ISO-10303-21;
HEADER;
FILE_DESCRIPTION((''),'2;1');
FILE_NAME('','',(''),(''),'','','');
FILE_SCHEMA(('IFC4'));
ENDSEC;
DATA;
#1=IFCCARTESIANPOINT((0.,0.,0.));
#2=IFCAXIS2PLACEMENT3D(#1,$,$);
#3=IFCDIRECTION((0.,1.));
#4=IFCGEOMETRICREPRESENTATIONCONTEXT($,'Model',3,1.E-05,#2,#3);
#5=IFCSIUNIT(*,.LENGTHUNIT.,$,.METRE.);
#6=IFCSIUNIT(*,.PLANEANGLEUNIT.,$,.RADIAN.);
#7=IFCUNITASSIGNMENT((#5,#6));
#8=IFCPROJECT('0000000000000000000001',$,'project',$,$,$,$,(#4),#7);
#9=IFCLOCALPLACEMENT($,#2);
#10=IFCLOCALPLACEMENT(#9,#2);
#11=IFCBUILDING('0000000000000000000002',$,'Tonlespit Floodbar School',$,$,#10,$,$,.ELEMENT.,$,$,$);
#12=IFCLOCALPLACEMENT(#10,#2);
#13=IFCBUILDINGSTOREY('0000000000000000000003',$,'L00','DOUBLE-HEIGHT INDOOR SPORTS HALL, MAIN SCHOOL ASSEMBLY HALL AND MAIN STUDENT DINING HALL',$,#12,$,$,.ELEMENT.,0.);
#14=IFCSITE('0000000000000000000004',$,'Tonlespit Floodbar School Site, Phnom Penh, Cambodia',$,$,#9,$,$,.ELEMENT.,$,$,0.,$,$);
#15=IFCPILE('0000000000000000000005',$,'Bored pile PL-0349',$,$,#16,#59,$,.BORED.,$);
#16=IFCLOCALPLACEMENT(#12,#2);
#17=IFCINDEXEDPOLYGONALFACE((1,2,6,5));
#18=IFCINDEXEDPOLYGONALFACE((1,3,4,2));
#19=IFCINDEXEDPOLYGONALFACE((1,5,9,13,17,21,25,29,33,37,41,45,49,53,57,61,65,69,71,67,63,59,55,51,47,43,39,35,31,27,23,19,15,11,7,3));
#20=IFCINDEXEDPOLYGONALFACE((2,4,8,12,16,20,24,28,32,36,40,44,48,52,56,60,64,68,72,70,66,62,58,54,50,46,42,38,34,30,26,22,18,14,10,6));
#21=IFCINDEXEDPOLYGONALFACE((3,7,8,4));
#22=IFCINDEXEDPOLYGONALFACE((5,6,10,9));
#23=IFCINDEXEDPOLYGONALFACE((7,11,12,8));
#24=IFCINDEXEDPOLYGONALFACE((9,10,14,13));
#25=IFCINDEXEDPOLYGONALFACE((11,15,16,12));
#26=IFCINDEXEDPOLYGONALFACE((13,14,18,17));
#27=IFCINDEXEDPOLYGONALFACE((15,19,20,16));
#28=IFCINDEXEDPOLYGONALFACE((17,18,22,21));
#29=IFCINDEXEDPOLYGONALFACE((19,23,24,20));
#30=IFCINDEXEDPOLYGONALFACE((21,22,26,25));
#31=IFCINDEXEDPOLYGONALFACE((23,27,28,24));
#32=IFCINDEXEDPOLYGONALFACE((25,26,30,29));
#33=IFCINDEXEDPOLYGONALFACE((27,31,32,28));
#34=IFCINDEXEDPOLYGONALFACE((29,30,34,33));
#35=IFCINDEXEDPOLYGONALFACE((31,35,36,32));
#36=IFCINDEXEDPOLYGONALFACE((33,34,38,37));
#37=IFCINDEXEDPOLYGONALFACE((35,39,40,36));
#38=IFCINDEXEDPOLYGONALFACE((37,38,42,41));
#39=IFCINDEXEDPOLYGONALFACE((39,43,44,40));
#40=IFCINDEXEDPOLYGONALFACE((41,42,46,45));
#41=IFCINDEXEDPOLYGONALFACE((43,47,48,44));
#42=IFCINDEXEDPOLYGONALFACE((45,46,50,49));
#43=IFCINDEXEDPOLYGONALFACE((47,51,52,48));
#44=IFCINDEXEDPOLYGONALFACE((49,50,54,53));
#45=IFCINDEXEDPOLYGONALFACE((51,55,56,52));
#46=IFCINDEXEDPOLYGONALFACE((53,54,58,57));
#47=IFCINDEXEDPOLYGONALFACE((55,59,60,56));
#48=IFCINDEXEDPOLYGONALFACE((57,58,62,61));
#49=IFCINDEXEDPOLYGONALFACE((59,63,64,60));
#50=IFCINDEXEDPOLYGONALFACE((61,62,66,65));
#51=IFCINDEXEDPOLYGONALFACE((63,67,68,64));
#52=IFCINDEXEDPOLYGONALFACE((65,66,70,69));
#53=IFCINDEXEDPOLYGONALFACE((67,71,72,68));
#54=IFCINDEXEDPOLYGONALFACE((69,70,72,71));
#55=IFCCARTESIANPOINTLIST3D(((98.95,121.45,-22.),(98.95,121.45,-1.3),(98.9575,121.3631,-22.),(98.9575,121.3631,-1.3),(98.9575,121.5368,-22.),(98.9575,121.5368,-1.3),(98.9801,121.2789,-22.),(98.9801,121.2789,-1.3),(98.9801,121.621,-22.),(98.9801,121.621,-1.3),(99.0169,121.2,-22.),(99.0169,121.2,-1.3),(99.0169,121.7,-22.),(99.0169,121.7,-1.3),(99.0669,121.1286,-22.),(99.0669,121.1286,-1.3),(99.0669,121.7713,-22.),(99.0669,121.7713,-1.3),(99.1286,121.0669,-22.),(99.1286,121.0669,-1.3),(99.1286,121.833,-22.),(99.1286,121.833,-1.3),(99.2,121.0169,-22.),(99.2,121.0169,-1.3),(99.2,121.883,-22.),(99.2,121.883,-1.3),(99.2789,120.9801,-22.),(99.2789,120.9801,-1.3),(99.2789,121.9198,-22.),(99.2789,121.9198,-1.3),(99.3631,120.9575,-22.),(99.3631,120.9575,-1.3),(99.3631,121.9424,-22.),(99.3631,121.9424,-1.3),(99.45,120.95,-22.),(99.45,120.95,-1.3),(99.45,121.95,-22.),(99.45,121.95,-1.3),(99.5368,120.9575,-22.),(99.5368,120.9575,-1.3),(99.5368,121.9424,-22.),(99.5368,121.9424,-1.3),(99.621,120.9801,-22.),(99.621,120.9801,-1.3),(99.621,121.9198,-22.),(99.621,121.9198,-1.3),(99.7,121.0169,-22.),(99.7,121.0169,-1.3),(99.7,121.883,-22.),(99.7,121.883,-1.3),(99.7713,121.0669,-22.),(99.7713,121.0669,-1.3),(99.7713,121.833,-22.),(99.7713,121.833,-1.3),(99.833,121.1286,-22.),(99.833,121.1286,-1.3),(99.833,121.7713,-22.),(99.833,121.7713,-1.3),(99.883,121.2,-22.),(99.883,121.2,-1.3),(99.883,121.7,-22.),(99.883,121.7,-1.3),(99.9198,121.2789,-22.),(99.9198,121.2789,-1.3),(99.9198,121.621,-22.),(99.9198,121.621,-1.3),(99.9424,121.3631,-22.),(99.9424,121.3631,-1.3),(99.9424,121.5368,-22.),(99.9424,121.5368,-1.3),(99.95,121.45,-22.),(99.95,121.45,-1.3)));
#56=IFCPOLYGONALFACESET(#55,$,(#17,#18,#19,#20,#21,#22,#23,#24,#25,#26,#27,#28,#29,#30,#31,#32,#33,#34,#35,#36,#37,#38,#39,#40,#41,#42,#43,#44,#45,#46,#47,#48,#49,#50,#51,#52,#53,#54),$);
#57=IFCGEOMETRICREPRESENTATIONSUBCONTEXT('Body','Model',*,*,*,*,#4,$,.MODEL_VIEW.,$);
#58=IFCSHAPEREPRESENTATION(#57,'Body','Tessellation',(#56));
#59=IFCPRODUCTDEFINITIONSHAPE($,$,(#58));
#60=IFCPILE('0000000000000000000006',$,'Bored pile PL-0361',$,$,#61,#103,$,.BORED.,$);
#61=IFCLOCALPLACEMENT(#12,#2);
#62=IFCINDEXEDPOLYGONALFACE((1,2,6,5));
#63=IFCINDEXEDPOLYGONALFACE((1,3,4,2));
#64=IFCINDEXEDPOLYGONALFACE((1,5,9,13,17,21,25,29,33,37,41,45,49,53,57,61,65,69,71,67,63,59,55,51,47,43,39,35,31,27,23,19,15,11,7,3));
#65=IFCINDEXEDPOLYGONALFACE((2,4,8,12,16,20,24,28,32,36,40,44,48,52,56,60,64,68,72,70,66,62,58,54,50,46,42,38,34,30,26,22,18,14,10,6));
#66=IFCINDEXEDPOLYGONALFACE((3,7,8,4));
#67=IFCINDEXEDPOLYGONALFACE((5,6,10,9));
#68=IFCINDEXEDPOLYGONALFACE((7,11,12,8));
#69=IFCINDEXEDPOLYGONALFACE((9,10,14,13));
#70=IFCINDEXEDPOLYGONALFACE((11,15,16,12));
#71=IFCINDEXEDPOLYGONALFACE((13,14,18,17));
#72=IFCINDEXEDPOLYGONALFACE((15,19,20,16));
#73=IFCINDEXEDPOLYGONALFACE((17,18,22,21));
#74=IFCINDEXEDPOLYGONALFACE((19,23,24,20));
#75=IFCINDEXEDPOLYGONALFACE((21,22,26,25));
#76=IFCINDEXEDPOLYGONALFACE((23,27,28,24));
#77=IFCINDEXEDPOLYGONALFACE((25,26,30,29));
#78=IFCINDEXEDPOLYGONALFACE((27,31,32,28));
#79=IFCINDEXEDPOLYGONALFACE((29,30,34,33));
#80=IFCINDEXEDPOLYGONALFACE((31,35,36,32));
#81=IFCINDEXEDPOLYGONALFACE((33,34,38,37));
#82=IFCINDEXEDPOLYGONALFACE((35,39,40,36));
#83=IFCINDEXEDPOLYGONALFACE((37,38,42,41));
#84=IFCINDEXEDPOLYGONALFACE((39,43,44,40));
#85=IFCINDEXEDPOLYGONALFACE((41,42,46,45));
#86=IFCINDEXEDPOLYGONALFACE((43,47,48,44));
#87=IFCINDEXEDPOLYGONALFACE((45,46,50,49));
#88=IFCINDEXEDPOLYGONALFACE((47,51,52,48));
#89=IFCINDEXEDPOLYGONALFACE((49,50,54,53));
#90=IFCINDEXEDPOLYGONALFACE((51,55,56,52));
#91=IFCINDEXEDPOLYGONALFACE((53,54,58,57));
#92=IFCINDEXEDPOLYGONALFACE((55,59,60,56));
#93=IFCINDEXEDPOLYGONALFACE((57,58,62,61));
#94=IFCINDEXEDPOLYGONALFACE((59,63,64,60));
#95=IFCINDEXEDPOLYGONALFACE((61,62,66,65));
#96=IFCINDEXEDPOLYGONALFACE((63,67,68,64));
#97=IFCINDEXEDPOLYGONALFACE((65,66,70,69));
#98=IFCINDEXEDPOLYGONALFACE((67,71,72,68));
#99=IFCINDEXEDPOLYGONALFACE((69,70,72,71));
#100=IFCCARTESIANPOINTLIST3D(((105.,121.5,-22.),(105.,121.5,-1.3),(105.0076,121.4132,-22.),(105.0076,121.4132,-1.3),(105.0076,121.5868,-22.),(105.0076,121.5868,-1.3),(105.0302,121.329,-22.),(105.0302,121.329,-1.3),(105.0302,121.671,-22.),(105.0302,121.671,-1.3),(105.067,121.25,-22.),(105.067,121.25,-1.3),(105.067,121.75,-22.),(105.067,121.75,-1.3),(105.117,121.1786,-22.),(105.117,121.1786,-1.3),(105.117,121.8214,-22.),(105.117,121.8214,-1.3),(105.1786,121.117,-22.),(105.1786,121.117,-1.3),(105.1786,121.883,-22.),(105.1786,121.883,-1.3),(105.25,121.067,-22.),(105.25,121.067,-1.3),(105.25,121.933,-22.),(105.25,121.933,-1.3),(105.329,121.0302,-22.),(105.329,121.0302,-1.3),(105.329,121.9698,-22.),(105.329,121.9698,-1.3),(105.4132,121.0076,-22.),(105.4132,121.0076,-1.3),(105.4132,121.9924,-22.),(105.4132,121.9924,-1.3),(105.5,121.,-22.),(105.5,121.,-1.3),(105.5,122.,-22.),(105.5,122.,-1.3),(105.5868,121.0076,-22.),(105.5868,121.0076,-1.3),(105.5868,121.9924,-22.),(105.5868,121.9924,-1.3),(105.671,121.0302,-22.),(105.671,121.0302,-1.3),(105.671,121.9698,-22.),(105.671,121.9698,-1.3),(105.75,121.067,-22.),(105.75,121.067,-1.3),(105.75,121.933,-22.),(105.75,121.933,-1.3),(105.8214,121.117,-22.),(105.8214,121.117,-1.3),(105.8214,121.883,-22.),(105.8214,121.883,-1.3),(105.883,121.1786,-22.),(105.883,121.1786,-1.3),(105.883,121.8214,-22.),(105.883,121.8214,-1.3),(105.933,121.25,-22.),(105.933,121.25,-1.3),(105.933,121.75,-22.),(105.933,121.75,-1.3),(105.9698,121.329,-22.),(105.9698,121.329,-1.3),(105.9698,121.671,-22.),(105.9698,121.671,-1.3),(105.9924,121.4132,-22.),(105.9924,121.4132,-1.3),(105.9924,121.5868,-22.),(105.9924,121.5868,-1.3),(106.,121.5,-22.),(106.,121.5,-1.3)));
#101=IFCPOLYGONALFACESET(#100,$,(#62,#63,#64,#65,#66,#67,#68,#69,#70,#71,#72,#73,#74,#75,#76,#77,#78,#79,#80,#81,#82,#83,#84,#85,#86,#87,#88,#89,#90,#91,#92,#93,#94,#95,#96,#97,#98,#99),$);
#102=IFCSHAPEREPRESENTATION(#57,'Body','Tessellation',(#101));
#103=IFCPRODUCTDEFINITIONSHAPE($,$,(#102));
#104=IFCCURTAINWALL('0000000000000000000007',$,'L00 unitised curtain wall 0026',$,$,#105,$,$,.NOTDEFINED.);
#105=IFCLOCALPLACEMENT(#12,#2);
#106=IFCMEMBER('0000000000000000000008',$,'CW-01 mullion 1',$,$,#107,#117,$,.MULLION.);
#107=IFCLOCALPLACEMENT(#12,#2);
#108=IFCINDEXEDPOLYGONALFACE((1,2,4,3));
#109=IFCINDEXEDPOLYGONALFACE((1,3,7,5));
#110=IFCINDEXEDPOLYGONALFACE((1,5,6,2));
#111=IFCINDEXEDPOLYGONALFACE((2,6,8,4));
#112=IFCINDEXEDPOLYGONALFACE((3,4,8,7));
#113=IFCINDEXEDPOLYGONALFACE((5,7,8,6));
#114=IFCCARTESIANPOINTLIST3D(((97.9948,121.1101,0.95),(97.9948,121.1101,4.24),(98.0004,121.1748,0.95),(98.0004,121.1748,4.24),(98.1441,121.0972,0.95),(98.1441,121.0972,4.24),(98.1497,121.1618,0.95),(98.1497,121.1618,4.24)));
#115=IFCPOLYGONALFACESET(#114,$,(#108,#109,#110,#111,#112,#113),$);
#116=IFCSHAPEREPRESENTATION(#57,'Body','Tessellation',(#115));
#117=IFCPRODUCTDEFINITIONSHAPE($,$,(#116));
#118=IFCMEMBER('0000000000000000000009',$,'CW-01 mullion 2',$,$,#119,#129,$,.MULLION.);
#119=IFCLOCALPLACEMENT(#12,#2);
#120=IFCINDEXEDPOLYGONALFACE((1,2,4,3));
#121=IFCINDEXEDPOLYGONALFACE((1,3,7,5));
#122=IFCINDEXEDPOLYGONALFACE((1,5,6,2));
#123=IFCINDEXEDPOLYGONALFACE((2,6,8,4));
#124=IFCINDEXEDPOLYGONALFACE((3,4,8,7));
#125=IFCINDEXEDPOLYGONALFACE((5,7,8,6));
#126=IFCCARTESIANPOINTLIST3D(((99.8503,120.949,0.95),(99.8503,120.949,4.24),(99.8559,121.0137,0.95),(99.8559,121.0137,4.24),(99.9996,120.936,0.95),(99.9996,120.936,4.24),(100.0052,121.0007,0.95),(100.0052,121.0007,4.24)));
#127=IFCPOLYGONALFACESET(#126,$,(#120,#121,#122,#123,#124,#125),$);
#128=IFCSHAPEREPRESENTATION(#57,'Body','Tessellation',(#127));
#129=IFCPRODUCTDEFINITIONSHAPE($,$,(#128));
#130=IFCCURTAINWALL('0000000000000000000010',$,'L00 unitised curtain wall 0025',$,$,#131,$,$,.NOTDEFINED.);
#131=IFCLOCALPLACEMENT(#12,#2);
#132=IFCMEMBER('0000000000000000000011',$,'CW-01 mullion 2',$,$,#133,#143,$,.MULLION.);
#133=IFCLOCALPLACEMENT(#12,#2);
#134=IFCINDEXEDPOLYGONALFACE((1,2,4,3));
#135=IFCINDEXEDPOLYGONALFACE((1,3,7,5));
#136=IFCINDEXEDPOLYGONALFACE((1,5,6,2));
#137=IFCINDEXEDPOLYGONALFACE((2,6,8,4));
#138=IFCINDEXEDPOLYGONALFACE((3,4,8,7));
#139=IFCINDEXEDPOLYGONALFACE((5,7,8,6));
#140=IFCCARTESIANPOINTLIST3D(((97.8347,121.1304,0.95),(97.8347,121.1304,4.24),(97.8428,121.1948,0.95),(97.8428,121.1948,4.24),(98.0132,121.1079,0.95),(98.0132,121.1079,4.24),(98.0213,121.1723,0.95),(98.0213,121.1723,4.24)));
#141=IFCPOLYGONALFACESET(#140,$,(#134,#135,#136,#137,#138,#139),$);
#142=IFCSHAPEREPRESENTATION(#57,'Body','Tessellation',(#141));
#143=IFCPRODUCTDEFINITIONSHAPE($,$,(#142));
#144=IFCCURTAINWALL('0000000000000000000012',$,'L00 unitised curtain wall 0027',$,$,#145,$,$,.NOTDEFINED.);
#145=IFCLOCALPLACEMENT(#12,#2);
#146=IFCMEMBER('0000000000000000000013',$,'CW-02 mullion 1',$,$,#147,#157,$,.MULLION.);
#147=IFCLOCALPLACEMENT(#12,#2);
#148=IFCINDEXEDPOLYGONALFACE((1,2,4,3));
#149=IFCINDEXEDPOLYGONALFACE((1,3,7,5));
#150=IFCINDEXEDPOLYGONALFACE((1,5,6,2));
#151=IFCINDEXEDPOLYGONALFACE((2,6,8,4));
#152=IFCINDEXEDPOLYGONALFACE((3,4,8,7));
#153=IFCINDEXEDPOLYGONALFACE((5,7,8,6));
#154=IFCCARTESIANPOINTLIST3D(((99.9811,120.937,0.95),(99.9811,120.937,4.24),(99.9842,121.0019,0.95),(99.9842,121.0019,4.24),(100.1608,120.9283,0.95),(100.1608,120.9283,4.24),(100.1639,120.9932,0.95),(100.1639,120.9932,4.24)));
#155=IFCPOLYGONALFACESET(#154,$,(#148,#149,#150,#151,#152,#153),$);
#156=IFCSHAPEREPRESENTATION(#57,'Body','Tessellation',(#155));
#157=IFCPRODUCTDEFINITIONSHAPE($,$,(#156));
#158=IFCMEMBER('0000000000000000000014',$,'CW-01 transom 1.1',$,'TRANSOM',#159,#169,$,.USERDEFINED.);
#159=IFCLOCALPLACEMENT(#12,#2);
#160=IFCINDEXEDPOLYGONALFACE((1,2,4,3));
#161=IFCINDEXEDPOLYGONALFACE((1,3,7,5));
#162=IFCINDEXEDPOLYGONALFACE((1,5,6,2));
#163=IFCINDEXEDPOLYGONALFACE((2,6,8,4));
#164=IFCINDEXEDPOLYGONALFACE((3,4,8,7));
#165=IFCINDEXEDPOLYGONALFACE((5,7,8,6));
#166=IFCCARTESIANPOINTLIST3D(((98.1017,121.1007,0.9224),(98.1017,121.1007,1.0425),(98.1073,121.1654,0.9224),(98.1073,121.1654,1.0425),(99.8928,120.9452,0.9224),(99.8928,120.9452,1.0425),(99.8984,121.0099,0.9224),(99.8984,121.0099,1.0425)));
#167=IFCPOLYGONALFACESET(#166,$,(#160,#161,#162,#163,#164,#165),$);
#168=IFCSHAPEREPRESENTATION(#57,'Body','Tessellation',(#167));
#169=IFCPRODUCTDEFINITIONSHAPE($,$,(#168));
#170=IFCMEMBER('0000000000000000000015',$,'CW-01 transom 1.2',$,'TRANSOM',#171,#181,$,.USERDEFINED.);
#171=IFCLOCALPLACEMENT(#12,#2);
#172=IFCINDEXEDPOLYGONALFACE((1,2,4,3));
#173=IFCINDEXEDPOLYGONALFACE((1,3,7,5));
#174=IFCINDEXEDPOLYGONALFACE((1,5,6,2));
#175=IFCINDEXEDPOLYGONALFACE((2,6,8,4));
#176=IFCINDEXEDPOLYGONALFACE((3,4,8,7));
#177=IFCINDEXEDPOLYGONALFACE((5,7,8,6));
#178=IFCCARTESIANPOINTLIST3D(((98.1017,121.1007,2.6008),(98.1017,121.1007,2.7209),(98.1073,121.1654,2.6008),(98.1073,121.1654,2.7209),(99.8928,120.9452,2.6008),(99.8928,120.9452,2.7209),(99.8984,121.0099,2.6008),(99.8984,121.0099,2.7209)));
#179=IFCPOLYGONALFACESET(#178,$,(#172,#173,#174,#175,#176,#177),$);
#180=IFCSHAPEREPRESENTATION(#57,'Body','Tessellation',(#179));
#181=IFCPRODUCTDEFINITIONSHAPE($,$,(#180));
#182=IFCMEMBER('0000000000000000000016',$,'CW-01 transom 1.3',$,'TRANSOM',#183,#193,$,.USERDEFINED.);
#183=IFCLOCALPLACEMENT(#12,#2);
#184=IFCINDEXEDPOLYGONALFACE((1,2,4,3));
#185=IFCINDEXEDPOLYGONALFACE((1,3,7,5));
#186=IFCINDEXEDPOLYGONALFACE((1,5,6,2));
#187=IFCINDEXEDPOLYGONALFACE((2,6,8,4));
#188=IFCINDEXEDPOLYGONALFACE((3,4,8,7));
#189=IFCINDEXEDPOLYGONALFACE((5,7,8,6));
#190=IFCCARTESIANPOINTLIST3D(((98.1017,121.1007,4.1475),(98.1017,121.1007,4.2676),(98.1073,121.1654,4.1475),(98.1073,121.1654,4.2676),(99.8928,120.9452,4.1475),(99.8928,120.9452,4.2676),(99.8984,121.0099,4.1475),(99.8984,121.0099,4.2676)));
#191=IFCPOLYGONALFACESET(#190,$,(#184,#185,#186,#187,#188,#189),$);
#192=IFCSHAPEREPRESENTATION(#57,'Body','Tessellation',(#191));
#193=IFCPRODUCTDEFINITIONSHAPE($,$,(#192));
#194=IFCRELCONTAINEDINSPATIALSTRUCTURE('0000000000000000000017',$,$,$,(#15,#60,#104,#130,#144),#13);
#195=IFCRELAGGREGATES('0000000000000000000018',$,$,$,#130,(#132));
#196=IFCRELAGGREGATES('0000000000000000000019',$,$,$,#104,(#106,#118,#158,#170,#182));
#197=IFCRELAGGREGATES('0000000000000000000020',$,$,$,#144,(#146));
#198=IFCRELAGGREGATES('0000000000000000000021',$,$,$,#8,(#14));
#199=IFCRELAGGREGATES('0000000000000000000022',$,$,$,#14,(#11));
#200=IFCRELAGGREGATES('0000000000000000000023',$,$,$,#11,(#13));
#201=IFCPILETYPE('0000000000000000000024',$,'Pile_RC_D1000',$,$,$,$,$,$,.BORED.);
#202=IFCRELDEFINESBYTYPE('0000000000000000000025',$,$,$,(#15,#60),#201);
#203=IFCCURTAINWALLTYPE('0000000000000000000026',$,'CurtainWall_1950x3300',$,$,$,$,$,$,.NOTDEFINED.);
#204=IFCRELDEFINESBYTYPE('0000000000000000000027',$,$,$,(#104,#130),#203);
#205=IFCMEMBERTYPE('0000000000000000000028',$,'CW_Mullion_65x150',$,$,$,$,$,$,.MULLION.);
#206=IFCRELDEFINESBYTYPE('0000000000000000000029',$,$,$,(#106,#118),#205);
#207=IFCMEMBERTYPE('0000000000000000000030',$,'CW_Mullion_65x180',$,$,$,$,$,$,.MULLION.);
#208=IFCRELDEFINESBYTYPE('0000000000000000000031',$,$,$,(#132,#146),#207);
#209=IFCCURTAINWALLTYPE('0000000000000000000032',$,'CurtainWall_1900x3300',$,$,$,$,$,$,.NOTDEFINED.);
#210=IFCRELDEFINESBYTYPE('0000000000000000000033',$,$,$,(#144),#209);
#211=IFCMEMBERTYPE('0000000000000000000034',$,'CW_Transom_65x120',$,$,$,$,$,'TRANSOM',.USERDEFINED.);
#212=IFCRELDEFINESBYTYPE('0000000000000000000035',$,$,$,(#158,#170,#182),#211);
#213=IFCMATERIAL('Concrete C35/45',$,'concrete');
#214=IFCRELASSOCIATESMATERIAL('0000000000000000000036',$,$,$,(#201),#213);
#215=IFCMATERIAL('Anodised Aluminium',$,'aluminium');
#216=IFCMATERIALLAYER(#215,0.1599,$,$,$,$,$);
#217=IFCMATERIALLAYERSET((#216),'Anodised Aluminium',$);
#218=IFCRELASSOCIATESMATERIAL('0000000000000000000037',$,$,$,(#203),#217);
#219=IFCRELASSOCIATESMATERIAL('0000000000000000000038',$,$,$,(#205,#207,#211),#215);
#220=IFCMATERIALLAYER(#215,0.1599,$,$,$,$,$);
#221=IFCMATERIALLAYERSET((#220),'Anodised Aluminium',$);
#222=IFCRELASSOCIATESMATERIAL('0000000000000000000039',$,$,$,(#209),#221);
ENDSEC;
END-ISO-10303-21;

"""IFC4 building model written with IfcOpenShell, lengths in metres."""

from ifc_helpers import new_model, si_unit, direction, frame, origin, origin_2d, place, context, subcontext, project, spatial, rectangle, circle, extrude, material, layer, layer_set, material_profile, profile_set, type_object, element, aggregate, save


model = new_model("IFC4")

# Units and contexts
model_context = context("Model", 3, precision=1e-05, world=origin(), true_north=direction((0.0, 1.0)))
body_context = subcontext(model_context, "Body", "Model", "MODEL_VIEW")
ifc_project = project(units=[si_unit("LENGTHUNIT", "METRE"), si_unit("PLANEANGLEUNIT", "RADIAN")], contexts=[model_context])

# Site, building, storey
site_placement = place(None, origin())
site = spatial("IfcSite", under=ifc_project, at=site_placement, Name="Tonlespit Floodbar School Site, Phnom Penh, Cambodia", CompositionType="ELEMENT", RefElevation=0.0)
building_placement = place(site_placement, origin())
building = spatial("IfcBuilding", under=site, at=building_placement, Name="Tonlespit Floodbar School", CompositionType="ELEMENT")
storey_placement = place(building_placement, origin())
storey = spatial("IfcBuildingStorey", under=building, at=storey_placement, Name="L00", Description="DOUBLE-HEIGHT INDOOR SPORTS HALL, MAIN SCHOOL ASSEMBLY HALL AND MAIN STUDENT DINING HALL", CompositionType="ELEMENT", Elevation=0.0)

# Piles
ifc_material_1 = material(Name="Concrete C35/45", Category="concrete")
ifc_material_profile_1 = material_profile(ifc_material_1, circle(Radius=0.5, at=origin_2d()), Name="BP D1000")
ifc_profile_set_1 = profile_set([ifc_material_profile_1], Name="Concrete C35/45")
pile_type = type_object("IfcPileType", Name="Pile_RC_D1000", PredefinedType="BORED", material=ifc_profile_set_1)
for number, where, z_axis, x_axis, name in (
    (1, (99.45, 121.45, -1.3), (0.0, 0.0, -1.0), (1.0, 0.0, 0.0), "Bored pile PL-0349"),
    (2, (105.5, 121.5, -1.3), (0.0, 0.0, -1.0), (1.0, 0.0, 0.0), "Bored pile PL-0361"),
):
    element("IfcPile", number, at=place(storey_placement, frame(where, z_axis=z_axis, x_axis=x_axis)), inside=storey, type_object=pile_type, Name=name, PredefinedType="BORED", context=body_context, shape_type="SweptSolid", body=[
        extrude(circle(Radius=0.5, at=origin_2d()), origin(), (0.0, 0.0, 1.0), 20.7),
    ])

# Curtain wall, members
ifc_material_2 = material(Name="Anodised Aluminium", Category="aluminium")
ifc_layer_1 = layer(ifc_material_2, 0.1599)
ifc_layer_set_1 = layer_set([ifc_layer_1], Name="Anodised Aluminium")
curtain_wall_type_1 = type_object("IfcCurtainWallType", Name="CurtainWall_1950x3300", PredefinedType="NOTDEFINED", material=ifc_layer_set_1)
curtain_wall_1_placement = place(storey_placement, origin())
curtain_wall_1 = element("IfcCurtainWall", 3, at=curtain_wall_1_placement, inside=storey, type_object=curtain_wall_type_1, Name="L00 unitised curtain wall 0026", PredefinedType="NOTDEFINED")
ifc_material_profile_2 = material_profile(ifc_material_2, rectangle(XDim=0.0649, YDim=0.1499, at=origin_2d()), Name="ALU M65x150")
ifc_profile_set_2 = profile_set([ifc_material_profile_2], Name="Anodised Aluminium")
member_type_1 = type_object("IfcMemberType", Name="CW_Mullion_65x150", PredefinedType="MULLION", material=ifc_profile_set_2)
member_1_placement = place(storey_placement, frame((98.0723, 121.136, 0.95), z_axis=(0.0, 0.0, 1.0), x_axis=(0.086531, 0.996249, 0.0)))
member_1 = element("IfcMember", 4, at=member_1_placement, type_object=member_type_1, Name="CW-01 mullion 1", PredefinedType="MULLION", context=body_context, shape_type="SweptSolid", body=[
    extrude(rectangle(XDim=0.0649, YDim=0.1499, at=origin_2d()), origin(), (0.0, 0.0, 1.0), 3.29),
])
member_2_placement = place(storey_placement, frame((99.9277, 120.9749, 0.95), z_axis=(0.0, 0.0, 1.0), x_axis=(0.086531, 0.996249, 0.0)))
member_2 = element("IfcMember", 5, at=member_2_placement, type_object=member_type_1, Name="CW-01 mullion 2", PredefinedType="MULLION", context=body_context, shape_type="SweptSolid", body=[
    extrude(rectangle(XDim=0.0649, YDim=0.1499, at=origin_2d()), origin(), (0.0, 0.0, 1.0), 3.29),
])

# Curtain walls, members
curtain_wall_2_placement = place(storey_placement, origin())
curtain_wall_2 = element("IfcCurtainWall", 6, at=curtain_wall_2_placement, inside=storey, type_object=curtain_wall_type_1, Name="L00 unitised curtain wall 0025", PredefinedType="NOTDEFINED")
ifc_material_profile_3 = material_profile(ifc_material_2, rectangle(XDim=0.0649, YDim=0.1799, at=origin_2d()), Name="ALU M65x180")
ifc_profile_set_3 = profile_set([ifc_material_profile_3], Name="Anodised Aluminium")
member_type_2 = type_object("IfcMemberType", Name="CW_Mullion_65x180", PredefinedType="MULLION", material=ifc_profile_set_3)
member_3_placement = place(storey_placement, frame((97.928, 121.1514, 0.95), z_axis=(0.0, 0.0, 1.0), x_axis=(0.125014, 0.992155, 0.0)))
member_3 = element("IfcMember", 7, at=member_3_placement, type_object=member_type_2, Name="CW-01 mullion 2", PredefinedType="MULLION", context=body_context, shape_type="SweptSolid", body=[
    extrude(rectangle(XDim=0.0649, YDim=0.1799, at=origin_2d()), origin(), (0.0, 0.0, 1.0), 3.29),
])
aggregate(curtain_wall_2, [member_3])
ifc_layer_2 = layer(ifc_material_2, 0.1599)
ifc_layer_set_2 = layer_set([ifc_layer_2], Name="Anodised Aluminium")
curtain_wall_type_2 = type_object("IfcCurtainWallType", Name="CurtainWall_1900x3300", PredefinedType="NOTDEFINED", material=ifc_layer_set_2)
curtain_wall_3_placement = place(storey_placement, origin())
curtain_wall_3 = element("IfcCurtainWall", 8, at=curtain_wall_3_placement, inside=storey, type_object=curtain_wall_type_2, Name="L00 unitised curtain wall 0027", PredefinedType="NOTDEFINED")
member_4_placement = place(storey_placement, frame((100.0725, 120.9651, 0.95), z_axis=(0.0, 0.0, 1.0), x_axis=(0.048121, 0.998842, 0.0)))
member_4 = element("IfcMember", 9, at=member_4_placement, type_object=member_type_2, Name="CW-02 mullion 1", PredefinedType="MULLION", context=body_context, shape_type="SweptSolid", body=[
    extrude(rectangle(XDim=0.0649, YDim=0.1799, at=origin_2d()), origin(), (0.0, 0.0, 1.0), 3.29),
])

# Members
ifc_material_profile_4 = material_profile(ifc_material_2, rectangle(XDim=0.0649, YDim=0.1201, at=origin_2d()), Name="ALU T65x120")
ifc_profile_set_4 = profile_set([ifc_material_profile_4], Name="Anodised Aluminium")
member_type_3 = type_object("IfcMemberType", Name="CW_Transom_65x120", ElementType="TRANSOM", PredefinedType="USERDEFINED", material=ifc_profile_set_4)
member_5_placement = place(storey_placement, frame((98.1045, 121.1331, 0.9824), z_axis=(0.996251, -0.086507, 0.0), x_axis=(0.086507, 0.996251, 0.0)))
member_5 = element("IfcMember", 10, at=member_5_placement, type_object=member_type_3, Name="CW-01 transom 1.1", ObjectType="TRANSOM", PredefinedType="USERDEFINED", context=body_context, shape_type="SweptSolid", body=[
    extrude(rectangle(XDim=0.0649, YDim=0.1201, at=origin_2d()), origin(), (0.0, 0.0, 1.0), 1.7979),
])
member_6_placement = place(storey_placement, frame((98.1045, 121.1331, 2.6609), z_axis=(0.996251, -0.086507, 0.0), x_axis=(0.086507, 0.996251, 0.0)))
member_6 = element("IfcMember", 11, at=member_6_placement, type_object=member_type_3, Name="CW-01 transom 1.2", ObjectType="TRANSOM", PredefinedType="USERDEFINED", context=body_context, shape_type="SweptSolid", body=[
    extrude(rectangle(XDim=0.0649, YDim=0.1201, at=origin_2d()), origin(), (0.0, 0.0, 1.0), 1.7979),
])
member_7_placement = place(storey_placement, frame((98.1045, 121.1331, 4.2075), z_axis=(0.996251, -0.086507, 0.0), x_axis=(0.086507, 0.996251, 0.0)))
member_7 = element("IfcMember", 12, at=member_7_placement, type_object=member_type_3, Name="CW-01 transom 1.3", ObjectType="TRANSOM", PredefinedType="USERDEFINED", context=body_context, shape_type="SweptSolid", body=[
    extrude(rectangle(XDim=0.0649, YDim=0.1201, at=origin_2d()), origin(), (0.0, 0.0, 1.0), 1.7979),
])

aggregate(curtain_wall_1, [member_1, member_2, member_5, member_6, member_7])
aggregate(curtain_wall_3, [member_4])

save(model, "model.ifc")
